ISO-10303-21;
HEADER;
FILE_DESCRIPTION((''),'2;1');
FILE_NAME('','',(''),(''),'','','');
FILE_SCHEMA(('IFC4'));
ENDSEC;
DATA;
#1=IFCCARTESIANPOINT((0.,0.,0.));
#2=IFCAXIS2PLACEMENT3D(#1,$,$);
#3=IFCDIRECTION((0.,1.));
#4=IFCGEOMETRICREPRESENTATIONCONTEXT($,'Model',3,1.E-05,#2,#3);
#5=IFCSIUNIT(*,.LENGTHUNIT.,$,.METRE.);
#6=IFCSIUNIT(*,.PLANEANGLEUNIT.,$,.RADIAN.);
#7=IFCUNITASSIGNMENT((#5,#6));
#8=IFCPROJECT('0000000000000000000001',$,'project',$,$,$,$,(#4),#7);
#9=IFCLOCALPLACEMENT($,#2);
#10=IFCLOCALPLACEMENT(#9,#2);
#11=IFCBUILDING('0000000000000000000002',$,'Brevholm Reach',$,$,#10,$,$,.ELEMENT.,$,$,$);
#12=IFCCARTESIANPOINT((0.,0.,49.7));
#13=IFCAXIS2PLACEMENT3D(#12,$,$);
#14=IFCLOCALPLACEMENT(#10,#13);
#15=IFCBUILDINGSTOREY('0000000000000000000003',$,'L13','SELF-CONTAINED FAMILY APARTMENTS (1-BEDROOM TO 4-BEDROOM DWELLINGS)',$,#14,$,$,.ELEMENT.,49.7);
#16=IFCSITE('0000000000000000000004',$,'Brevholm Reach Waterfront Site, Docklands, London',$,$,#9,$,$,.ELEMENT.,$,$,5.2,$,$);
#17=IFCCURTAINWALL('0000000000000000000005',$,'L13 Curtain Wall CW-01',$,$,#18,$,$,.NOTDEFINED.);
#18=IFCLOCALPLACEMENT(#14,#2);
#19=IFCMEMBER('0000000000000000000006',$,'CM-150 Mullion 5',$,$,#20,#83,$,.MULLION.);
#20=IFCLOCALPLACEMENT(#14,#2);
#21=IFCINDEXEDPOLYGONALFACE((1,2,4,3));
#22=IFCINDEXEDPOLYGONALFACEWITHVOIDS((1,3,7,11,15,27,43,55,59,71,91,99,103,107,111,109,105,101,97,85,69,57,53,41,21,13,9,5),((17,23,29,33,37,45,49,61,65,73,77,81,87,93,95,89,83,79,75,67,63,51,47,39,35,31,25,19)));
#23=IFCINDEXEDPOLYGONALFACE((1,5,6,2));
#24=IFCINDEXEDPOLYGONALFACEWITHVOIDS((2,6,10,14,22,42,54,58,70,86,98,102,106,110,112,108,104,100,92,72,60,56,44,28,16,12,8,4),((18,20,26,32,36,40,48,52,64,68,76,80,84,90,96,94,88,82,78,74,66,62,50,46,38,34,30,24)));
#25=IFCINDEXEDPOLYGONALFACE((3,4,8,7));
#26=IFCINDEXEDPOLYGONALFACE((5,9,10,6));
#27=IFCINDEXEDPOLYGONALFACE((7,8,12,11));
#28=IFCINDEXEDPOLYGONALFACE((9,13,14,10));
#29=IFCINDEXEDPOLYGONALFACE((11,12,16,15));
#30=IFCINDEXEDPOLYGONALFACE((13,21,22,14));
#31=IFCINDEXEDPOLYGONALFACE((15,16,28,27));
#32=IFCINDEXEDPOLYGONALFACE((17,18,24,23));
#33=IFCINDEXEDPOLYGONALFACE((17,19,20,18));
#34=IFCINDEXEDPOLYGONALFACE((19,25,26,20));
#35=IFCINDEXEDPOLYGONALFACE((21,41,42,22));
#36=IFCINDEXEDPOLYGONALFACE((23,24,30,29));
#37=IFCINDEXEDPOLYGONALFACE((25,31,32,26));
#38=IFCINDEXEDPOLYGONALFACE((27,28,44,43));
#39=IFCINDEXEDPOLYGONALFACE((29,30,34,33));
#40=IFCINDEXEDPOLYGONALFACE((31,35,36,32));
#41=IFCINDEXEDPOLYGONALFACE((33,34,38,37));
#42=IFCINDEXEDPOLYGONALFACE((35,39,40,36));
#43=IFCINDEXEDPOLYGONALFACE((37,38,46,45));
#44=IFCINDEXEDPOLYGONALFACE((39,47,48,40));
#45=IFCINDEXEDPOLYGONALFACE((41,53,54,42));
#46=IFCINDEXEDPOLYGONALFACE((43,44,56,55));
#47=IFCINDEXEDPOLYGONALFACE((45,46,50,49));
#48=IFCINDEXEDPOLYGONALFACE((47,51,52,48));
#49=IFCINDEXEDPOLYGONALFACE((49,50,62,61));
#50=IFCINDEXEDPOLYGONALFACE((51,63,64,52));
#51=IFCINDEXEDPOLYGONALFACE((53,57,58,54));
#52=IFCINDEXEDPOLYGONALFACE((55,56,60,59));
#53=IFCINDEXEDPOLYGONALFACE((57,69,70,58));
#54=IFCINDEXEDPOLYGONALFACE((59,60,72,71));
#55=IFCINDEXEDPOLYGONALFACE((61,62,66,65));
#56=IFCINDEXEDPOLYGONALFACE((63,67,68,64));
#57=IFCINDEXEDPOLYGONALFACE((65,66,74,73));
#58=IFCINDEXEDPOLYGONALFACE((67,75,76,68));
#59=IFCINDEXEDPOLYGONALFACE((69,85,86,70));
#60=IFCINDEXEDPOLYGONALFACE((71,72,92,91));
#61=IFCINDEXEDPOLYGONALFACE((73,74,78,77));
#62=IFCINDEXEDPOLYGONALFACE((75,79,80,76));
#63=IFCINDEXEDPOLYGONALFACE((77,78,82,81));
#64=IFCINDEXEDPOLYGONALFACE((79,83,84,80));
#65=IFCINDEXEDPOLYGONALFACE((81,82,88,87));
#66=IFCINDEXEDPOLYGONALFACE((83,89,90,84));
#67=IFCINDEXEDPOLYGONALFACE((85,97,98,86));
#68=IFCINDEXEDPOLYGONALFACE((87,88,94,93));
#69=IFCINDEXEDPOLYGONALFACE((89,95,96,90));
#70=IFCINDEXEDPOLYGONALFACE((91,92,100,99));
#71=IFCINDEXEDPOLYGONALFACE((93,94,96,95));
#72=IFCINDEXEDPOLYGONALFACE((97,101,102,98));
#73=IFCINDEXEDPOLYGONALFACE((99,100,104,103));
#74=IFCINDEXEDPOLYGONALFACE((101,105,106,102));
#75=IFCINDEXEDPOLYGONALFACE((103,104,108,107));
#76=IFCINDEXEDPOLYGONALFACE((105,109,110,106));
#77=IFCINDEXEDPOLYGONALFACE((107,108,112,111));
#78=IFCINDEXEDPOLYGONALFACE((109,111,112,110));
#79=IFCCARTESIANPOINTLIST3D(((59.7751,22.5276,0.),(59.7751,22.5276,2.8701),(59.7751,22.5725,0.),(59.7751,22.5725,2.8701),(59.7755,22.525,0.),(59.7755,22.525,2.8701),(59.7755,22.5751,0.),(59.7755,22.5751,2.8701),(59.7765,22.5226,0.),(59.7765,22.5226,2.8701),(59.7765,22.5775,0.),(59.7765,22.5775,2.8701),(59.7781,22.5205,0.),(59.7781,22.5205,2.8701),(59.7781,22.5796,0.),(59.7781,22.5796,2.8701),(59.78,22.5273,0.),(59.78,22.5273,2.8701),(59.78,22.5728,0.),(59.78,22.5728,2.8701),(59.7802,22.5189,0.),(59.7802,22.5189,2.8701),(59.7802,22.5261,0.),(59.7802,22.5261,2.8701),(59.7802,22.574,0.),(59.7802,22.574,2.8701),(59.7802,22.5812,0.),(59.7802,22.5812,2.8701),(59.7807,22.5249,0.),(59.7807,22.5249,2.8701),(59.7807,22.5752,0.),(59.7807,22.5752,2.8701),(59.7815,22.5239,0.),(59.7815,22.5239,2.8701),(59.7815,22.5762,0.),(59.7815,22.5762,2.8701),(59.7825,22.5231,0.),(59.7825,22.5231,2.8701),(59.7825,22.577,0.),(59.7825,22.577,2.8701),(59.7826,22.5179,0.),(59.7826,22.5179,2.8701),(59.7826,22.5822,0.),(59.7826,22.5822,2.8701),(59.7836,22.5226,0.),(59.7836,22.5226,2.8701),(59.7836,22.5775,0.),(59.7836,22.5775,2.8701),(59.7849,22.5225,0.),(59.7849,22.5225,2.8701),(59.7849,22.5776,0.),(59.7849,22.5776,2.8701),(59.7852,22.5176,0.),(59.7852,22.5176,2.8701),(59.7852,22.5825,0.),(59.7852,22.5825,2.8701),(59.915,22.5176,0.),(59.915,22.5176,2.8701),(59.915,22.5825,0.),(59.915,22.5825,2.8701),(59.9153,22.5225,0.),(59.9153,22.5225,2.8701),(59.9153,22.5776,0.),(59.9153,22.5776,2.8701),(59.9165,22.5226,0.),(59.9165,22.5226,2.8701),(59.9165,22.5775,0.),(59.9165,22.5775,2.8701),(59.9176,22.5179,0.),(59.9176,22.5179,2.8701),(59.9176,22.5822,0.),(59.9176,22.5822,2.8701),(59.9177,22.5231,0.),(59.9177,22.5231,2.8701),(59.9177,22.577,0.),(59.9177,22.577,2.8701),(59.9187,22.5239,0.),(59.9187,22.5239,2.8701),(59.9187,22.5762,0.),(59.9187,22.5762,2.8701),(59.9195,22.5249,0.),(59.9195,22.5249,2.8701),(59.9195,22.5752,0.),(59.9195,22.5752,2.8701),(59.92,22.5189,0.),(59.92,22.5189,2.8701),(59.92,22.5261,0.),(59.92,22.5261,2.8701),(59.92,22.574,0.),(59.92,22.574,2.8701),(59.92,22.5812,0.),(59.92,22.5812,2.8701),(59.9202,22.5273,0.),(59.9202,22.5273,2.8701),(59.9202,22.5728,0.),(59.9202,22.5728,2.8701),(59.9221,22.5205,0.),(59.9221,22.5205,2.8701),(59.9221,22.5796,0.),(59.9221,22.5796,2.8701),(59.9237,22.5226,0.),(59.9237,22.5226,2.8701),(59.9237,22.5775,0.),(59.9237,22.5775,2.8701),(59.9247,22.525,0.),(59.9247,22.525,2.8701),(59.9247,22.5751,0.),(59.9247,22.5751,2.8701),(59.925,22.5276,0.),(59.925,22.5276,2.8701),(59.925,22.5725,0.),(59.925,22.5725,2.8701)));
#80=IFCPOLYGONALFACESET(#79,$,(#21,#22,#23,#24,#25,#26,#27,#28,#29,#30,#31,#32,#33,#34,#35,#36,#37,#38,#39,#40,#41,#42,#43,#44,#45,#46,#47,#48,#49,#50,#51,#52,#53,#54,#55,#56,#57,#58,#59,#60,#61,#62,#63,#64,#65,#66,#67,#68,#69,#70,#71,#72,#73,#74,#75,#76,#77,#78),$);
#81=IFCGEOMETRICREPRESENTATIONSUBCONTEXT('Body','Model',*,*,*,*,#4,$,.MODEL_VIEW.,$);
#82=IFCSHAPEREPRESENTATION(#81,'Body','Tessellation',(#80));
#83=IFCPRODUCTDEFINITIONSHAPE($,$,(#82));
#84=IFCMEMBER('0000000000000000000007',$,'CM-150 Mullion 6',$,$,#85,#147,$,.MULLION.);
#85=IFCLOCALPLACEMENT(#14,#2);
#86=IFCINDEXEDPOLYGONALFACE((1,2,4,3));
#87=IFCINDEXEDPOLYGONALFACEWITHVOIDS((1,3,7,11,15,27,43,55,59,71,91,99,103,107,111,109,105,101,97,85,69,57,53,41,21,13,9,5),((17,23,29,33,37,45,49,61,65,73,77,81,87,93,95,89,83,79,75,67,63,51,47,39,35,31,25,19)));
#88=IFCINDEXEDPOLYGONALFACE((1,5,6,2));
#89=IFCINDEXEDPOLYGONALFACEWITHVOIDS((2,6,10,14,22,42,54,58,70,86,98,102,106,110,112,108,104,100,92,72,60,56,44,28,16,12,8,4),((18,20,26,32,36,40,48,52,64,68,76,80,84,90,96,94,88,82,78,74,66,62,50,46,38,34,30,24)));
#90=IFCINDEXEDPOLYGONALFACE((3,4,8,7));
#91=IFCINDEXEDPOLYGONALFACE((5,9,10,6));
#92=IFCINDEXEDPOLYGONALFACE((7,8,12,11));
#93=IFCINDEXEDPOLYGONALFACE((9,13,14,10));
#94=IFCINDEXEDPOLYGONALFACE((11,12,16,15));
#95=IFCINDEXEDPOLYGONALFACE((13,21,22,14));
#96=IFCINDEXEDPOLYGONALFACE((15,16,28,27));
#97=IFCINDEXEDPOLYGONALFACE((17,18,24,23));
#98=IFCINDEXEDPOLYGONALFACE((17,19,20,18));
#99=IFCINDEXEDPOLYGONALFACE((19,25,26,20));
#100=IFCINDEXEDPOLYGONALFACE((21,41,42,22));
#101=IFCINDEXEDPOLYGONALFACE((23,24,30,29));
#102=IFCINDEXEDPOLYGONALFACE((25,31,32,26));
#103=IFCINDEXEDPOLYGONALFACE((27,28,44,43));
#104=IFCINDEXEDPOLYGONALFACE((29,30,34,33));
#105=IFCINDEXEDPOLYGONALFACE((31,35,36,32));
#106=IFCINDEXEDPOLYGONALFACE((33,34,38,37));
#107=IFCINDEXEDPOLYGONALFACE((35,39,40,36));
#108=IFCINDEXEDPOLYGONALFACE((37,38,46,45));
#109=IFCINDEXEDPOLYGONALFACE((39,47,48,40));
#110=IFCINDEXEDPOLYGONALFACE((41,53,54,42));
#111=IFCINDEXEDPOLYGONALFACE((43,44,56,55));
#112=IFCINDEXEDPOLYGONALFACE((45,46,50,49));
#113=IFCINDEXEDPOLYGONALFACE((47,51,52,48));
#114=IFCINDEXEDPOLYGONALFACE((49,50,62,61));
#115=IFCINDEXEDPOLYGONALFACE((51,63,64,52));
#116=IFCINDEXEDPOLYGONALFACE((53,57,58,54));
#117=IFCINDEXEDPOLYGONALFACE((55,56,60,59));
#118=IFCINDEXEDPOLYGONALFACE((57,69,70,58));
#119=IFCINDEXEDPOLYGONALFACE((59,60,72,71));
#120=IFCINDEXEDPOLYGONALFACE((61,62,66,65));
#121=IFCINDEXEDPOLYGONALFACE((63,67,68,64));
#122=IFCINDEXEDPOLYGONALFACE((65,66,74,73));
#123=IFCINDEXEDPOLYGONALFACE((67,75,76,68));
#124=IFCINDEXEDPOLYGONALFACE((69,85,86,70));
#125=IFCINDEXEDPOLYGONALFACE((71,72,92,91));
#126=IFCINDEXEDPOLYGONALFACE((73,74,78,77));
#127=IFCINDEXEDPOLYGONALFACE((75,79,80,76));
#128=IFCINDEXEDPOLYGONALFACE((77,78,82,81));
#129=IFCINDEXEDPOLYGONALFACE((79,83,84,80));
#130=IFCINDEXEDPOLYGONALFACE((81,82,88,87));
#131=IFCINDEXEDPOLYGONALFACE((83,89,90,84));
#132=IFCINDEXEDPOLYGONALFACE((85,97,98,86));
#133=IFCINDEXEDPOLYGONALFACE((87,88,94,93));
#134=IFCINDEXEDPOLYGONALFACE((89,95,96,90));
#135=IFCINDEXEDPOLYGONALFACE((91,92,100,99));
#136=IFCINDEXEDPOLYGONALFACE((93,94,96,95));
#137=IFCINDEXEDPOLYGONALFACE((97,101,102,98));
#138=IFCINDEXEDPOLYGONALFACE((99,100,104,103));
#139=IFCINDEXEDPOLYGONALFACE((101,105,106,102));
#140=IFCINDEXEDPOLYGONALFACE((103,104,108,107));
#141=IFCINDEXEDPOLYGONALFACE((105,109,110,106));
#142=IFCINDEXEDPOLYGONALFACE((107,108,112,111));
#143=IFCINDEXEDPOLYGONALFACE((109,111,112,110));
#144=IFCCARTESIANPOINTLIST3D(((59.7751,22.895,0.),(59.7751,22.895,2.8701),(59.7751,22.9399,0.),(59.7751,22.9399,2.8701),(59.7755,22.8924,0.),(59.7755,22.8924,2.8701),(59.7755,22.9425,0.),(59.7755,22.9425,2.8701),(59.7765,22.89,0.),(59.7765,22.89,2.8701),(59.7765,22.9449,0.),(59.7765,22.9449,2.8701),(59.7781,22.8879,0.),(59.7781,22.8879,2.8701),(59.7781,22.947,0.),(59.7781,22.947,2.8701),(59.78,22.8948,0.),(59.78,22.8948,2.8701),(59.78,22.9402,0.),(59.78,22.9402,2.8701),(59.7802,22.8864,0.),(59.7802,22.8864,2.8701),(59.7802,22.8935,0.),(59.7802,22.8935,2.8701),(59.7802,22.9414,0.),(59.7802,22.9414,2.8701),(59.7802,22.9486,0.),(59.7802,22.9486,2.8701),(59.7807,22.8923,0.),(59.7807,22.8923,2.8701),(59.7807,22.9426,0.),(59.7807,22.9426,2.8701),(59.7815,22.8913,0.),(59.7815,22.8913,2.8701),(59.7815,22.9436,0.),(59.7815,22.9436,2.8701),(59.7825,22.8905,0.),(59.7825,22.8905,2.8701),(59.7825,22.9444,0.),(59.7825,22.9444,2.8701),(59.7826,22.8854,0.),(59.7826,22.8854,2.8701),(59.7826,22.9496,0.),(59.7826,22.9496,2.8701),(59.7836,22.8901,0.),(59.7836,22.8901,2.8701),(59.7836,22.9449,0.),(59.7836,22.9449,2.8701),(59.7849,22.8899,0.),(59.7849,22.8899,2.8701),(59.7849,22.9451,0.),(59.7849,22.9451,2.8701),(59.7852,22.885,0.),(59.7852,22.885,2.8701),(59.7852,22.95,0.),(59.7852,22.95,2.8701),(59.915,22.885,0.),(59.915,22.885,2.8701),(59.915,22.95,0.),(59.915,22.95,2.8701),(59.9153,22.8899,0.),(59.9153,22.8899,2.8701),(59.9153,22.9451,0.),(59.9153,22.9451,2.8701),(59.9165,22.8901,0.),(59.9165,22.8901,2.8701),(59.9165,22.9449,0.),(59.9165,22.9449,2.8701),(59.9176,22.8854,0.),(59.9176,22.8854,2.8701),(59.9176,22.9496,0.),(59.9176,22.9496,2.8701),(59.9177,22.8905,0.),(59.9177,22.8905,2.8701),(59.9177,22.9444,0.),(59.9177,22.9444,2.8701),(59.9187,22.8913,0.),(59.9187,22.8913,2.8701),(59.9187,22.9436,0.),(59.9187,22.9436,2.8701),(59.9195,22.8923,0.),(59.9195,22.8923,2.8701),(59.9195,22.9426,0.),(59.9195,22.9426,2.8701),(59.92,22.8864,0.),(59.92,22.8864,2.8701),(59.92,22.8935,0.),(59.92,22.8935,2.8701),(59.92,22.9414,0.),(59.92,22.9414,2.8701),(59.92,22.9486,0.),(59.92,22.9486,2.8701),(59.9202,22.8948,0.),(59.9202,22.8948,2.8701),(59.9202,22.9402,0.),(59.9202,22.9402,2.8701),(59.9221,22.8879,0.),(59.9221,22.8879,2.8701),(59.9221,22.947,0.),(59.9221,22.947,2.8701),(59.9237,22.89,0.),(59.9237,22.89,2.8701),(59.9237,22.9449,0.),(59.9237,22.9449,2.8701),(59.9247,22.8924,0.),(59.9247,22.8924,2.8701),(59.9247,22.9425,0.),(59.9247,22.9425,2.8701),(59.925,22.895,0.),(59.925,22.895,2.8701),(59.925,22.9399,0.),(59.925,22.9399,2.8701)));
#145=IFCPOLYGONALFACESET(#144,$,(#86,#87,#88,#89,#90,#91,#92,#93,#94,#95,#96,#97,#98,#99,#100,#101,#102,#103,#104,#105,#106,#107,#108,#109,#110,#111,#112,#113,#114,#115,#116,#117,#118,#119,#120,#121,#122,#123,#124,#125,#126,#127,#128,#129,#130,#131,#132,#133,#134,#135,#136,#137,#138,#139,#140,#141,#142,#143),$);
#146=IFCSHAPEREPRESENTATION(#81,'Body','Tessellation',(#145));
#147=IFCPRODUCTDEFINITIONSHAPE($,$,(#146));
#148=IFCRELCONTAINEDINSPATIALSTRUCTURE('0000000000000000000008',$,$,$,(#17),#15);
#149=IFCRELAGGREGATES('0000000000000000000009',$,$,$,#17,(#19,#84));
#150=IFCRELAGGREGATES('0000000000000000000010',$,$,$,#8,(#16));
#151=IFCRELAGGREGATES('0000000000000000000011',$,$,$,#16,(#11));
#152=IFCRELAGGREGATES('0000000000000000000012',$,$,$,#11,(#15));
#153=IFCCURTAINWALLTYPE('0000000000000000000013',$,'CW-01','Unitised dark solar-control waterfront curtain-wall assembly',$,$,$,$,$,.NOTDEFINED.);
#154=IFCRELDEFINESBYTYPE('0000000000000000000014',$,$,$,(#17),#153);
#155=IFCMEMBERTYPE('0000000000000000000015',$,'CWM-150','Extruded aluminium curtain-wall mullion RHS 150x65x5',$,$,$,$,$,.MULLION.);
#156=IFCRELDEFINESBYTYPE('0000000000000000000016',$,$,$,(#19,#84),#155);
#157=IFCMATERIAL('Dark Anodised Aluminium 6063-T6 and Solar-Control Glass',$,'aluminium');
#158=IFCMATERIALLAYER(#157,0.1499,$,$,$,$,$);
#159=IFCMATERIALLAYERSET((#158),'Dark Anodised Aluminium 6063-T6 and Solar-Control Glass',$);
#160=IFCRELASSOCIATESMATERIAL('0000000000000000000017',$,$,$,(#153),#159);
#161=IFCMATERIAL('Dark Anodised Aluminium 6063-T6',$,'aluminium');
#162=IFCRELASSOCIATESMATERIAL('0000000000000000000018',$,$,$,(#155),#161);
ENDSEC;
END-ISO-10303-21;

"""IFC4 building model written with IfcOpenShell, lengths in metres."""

from ifc_helpers import new_model, si_unit, direction, frame, origin, origin_2d, place, context, subcontext, project, spatial, hollow_rectangle, extrude, material, layer, layer_set, material_profile, profile_set, type_object, element, aggregate, save


model = new_model("IFC4")

# Units and contexts
model_context = context("Model", 3, precision=1e-05, world=origin(), true_north=direction((0.0, 1.0)))
body_context = subcontext(model_context, "Body", "Model", "MODEL_VIEW")
ifc_project = project(units=[si_unit("LENGTHUNIT", "METRE"), si_unit("PLANEANGLEUNIT", "RADIAN")], contexts=[model_context])

# Site, building, storey
site_placement = place(None, origin())
site = spatial("IfcSite", under=ifc_project, at=site_placement, Name="Brevholm Reach Waterfront Site, Docklands, London", CompositionType="ELEMENT", RefElevation=5.2)
building_placement = place(site_placement, origin())
building = spatial("IfcBuilding", under=site, at=building_placement, Name="Brevholm Reach", CompositionType="ELEMENT")
storey_placement = place(building_placement, frame((0.0, 0.0, 49.7)))
storey = spatial("IfcBuildingStorey", under=building, at=storey_placement, Name="L13", Description="SELF-CONTAINED FAMILY APARTMENTS (1-BEDROOM TO 4-BEDROOM DWELLINGS)", CompositionType="ELEMENT", Elevation=49.7)

# Curtain wall, members
ifc_material_1 = material(Name="Dark Anodised Aluminium 6063-T6 and Solar-Control Glass", Category="aluminium")
ifc_layer_1 = layer(ifc_material_1, 0.1499)
ifc_layer_set_1 = layer_set([ifc_layer_1], Name="Dark Anodised Aluminium 6063-T6 and Solar-Control Glass")
curtain_wall_type = type_object("IfcCurtainWallType", Name="CW-01", Description="Unitised dark solar-control waterfront curtain-wall assembly", PredefinedType="NOTDEFINED", material=ifc_layer_set_1)
curtain_wall_placement = place(storey_placement, origin())
curtain_wall = element("IfcCurtainWall", 1, at=curtain_wall_placement, inside=storey, type_object=curtain_wall_type, Name="L13 Curtain Wall CW-01", PredefinedType="NOTDEFINED")
ifc_material_2 = material(Name="Dark Anodised Aluminium 6063-T6", Category="aluminium")
ifc_material_profile_1 = material_profile(ifc_material_2, hollow_rectangle(XDim=0.0649, YDim=0.1499, WallThickness=0.0049, InnerFilletRadius=0.0049, OuterFilletRadius=0.01, at=origin_2d()), Name="RHS 150x65x5")
ifc_profile_set_1 = profile_set([ifc_material_profile_1], Name="Dark Anodised Aluminium 6063-T6")
member_type_1 = type_object("IfcMemberType", Name="CWM-150", Description="Extruded aluminium curtain-wall mullion RHS 150x65x5", PredefinedType="MULLION", material=ifc_profile_set_1)
member_1_placement = place(storey_placement, frame((59.8501, 22.55, 0.0), z_axis=(0.0, 0.0, 1.0), x_axis=(0.0, 1.0, 0.0)))
member_1 = element("IfcMember", 2, at=member_1_placement, type_object=member_type_1, Name="CM-150 Mullion 5", PredefinedType="MULLION", context=body_context, shape_type="SweptSolid", body=[
    extrude(hollow_rectangle(XDim=0.0649, YDim=0.1499, WallThickness=0.0049, InnerFilletRadius=0.0049, OuterFilletRadius=0.01, at=origin_2d()), origin(), (0.0, 0.0, 1.0), 2.8701),
])
member_2_placement = place(storey_placement, frame((59.8501, 22.9175, 0.0), z_axis=(0.0, 0.0, 1.0), x_axis=(0.0, 1.0, 0.0)))
member_2 = element("IfcMember", 3, at=member_2_placement, type_object=member_type_1, Name="CM-150 Mullion 6", PredefinedType="MULLION", context=body_context, shape_type="SweptSolid", body=[
    extrude(hollow_rectangle(XDim=0.0649, YDim=0.1499, WallThickness=0.0049, InnerFilletRadius=0.0049, OuterFilletRadius=0.01, at=origin_2d()), origin(), (0.0, 0.0, 1.0), 2.8701),
])
aggregate(curtain_wall, [member_1, member_2])

save(model, "model.ifc")
